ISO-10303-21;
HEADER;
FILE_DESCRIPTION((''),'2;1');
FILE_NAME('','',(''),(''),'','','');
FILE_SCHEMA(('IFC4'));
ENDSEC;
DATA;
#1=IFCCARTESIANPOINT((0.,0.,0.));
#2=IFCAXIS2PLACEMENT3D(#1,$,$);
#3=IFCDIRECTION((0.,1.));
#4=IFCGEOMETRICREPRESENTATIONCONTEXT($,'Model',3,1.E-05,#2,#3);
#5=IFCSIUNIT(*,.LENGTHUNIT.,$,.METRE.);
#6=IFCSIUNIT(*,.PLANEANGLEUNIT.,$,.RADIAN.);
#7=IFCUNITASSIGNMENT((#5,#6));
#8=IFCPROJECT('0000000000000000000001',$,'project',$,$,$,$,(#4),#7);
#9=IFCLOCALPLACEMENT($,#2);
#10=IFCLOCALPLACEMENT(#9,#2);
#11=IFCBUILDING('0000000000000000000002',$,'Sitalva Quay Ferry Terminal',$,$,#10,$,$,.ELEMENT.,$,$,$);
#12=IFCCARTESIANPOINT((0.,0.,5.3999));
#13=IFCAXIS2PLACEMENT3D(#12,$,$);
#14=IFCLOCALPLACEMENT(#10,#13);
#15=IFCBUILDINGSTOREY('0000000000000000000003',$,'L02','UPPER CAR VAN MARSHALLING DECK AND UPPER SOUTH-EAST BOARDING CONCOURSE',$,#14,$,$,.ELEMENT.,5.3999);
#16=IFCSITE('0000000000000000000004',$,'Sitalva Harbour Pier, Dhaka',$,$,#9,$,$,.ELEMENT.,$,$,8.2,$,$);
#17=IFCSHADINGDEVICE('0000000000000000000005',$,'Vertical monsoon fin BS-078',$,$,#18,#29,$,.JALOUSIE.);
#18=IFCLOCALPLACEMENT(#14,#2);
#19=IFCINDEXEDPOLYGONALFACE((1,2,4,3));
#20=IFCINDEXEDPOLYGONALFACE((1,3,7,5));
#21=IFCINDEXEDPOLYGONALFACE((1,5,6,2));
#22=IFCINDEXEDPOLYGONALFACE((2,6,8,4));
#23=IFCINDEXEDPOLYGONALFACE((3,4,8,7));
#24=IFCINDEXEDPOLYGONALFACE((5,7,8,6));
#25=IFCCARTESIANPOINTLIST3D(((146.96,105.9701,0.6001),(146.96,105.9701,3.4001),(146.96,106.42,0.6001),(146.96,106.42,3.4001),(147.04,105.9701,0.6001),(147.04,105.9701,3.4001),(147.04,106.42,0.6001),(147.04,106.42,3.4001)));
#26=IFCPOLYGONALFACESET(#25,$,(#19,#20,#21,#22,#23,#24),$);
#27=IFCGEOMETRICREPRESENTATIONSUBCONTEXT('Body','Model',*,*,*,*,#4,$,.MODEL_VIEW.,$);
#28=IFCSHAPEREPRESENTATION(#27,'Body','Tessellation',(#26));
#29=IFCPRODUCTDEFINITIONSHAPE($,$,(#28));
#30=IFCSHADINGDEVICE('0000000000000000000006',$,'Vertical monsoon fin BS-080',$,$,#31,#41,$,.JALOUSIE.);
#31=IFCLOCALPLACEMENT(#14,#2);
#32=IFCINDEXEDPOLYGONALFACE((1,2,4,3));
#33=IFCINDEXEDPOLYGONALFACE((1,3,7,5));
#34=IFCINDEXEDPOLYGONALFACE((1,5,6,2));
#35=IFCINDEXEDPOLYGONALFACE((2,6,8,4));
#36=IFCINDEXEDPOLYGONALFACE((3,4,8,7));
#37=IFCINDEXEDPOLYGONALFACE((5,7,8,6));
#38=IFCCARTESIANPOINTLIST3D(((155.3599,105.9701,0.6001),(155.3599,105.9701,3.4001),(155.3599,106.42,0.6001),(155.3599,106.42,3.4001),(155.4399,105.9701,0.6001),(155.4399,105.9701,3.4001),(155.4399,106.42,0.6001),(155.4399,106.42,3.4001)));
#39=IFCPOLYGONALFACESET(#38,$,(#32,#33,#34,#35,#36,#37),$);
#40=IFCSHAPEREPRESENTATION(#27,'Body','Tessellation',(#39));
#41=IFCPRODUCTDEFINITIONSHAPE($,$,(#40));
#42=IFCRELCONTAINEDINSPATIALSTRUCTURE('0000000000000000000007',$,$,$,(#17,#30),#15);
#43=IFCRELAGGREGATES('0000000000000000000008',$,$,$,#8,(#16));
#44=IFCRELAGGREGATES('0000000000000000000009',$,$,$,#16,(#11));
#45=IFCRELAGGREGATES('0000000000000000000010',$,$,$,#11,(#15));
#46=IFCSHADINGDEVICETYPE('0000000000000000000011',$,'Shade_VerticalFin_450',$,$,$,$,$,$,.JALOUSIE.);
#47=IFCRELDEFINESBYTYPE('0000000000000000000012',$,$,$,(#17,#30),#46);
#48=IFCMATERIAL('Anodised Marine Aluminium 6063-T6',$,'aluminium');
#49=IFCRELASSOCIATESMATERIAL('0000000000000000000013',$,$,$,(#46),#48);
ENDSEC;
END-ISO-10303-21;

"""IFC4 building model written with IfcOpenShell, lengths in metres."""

from ifc_helpers import new_model, si_unit, direction, frame, origin, origin_2d, place, context, subcontext, project, spatial, rectangle, extrude, material, type_object, element, save


model = new_model("IFC4")

# Units and contexts
model_context = context("Model", 3, precision=1e-05, world=origin(), true_north=direction((0.0, 1.0)))
body_context = subcontext(model_context, "Body", "Model", "MODEL_VIEW")
ifc_project = project(units=[si_unit("LENGTHUNIT", "METRE"), si_unit("PLANEANGLEUNIT", "RADIAN")], contexts=[model_context])

# Site, building, storey
site_placement = place(None, origin())
site = spatial("IfcSite", under=ifc_project, at=site_placement, Name="Sitalva Harbour Pier, Dhaka", CompositionType="ELEMENT", RefElevation=8.2)
building_placement = place(site_placement, origin())
building = spatial("IfcBuilding", under=site, at=building_placement, Name="Sitalva Quay Ferry Terminal", CompositionType="ELEMENT")
storey_placement = place(building_placement, frame((0.0, 0.0, 5.3999)))
storey = spatial("IfcBuildingStorey", under=building, at=storey_placement, Name="L02", Description="UPPER CAR VAN MARSHALLING DECK AND UPPER SOUTH-EAST BOARDING CONCOURSE", CompositionType="ELEMENT", Elevation=5.3999)

# Shading devices
ifc_material_1 = material(Name="Anodised Marine Aluminium 6063-T6", Category="aluminium")
shading_device_type_1 = type_object("IfcShadingDeviceType", Name="Shade_VerticalFin_450", PredefinedType="JALOUSIE", material=ifc_material_1)
for number, where, z_axis, x_axis, name in (
    (1, (147.0, 106.1951, 0.6001), (0.0, 0.0, 1.0), (1.0, 0.0, 0.0), "Vertical monsoon fin BS-078"),
    (2, (155.3999, 106.1951, 0.6001), (0.0, 0.0, 1.0), (1.0, 0.0, 0.0), "Vertical monsoon fin BS-080"),
):
    element("IfcShadingDevice", number, at=place(storey_placement, frame(where, z_axis=z_axis, x_axis=x_axis)), inside=storey, type_object=shading_device_type_1, Name=name, PredefinedType="JALOUSIE", context=body_context, shape_type="SweptSolid", body=[
        extrude(rectangle(XDim=0.0801, YDim=0.45, at=origin_2d()), origin(), (0.0, 0.0, 1.0), 2.8),
    ])

save(model, "model.ifc")
